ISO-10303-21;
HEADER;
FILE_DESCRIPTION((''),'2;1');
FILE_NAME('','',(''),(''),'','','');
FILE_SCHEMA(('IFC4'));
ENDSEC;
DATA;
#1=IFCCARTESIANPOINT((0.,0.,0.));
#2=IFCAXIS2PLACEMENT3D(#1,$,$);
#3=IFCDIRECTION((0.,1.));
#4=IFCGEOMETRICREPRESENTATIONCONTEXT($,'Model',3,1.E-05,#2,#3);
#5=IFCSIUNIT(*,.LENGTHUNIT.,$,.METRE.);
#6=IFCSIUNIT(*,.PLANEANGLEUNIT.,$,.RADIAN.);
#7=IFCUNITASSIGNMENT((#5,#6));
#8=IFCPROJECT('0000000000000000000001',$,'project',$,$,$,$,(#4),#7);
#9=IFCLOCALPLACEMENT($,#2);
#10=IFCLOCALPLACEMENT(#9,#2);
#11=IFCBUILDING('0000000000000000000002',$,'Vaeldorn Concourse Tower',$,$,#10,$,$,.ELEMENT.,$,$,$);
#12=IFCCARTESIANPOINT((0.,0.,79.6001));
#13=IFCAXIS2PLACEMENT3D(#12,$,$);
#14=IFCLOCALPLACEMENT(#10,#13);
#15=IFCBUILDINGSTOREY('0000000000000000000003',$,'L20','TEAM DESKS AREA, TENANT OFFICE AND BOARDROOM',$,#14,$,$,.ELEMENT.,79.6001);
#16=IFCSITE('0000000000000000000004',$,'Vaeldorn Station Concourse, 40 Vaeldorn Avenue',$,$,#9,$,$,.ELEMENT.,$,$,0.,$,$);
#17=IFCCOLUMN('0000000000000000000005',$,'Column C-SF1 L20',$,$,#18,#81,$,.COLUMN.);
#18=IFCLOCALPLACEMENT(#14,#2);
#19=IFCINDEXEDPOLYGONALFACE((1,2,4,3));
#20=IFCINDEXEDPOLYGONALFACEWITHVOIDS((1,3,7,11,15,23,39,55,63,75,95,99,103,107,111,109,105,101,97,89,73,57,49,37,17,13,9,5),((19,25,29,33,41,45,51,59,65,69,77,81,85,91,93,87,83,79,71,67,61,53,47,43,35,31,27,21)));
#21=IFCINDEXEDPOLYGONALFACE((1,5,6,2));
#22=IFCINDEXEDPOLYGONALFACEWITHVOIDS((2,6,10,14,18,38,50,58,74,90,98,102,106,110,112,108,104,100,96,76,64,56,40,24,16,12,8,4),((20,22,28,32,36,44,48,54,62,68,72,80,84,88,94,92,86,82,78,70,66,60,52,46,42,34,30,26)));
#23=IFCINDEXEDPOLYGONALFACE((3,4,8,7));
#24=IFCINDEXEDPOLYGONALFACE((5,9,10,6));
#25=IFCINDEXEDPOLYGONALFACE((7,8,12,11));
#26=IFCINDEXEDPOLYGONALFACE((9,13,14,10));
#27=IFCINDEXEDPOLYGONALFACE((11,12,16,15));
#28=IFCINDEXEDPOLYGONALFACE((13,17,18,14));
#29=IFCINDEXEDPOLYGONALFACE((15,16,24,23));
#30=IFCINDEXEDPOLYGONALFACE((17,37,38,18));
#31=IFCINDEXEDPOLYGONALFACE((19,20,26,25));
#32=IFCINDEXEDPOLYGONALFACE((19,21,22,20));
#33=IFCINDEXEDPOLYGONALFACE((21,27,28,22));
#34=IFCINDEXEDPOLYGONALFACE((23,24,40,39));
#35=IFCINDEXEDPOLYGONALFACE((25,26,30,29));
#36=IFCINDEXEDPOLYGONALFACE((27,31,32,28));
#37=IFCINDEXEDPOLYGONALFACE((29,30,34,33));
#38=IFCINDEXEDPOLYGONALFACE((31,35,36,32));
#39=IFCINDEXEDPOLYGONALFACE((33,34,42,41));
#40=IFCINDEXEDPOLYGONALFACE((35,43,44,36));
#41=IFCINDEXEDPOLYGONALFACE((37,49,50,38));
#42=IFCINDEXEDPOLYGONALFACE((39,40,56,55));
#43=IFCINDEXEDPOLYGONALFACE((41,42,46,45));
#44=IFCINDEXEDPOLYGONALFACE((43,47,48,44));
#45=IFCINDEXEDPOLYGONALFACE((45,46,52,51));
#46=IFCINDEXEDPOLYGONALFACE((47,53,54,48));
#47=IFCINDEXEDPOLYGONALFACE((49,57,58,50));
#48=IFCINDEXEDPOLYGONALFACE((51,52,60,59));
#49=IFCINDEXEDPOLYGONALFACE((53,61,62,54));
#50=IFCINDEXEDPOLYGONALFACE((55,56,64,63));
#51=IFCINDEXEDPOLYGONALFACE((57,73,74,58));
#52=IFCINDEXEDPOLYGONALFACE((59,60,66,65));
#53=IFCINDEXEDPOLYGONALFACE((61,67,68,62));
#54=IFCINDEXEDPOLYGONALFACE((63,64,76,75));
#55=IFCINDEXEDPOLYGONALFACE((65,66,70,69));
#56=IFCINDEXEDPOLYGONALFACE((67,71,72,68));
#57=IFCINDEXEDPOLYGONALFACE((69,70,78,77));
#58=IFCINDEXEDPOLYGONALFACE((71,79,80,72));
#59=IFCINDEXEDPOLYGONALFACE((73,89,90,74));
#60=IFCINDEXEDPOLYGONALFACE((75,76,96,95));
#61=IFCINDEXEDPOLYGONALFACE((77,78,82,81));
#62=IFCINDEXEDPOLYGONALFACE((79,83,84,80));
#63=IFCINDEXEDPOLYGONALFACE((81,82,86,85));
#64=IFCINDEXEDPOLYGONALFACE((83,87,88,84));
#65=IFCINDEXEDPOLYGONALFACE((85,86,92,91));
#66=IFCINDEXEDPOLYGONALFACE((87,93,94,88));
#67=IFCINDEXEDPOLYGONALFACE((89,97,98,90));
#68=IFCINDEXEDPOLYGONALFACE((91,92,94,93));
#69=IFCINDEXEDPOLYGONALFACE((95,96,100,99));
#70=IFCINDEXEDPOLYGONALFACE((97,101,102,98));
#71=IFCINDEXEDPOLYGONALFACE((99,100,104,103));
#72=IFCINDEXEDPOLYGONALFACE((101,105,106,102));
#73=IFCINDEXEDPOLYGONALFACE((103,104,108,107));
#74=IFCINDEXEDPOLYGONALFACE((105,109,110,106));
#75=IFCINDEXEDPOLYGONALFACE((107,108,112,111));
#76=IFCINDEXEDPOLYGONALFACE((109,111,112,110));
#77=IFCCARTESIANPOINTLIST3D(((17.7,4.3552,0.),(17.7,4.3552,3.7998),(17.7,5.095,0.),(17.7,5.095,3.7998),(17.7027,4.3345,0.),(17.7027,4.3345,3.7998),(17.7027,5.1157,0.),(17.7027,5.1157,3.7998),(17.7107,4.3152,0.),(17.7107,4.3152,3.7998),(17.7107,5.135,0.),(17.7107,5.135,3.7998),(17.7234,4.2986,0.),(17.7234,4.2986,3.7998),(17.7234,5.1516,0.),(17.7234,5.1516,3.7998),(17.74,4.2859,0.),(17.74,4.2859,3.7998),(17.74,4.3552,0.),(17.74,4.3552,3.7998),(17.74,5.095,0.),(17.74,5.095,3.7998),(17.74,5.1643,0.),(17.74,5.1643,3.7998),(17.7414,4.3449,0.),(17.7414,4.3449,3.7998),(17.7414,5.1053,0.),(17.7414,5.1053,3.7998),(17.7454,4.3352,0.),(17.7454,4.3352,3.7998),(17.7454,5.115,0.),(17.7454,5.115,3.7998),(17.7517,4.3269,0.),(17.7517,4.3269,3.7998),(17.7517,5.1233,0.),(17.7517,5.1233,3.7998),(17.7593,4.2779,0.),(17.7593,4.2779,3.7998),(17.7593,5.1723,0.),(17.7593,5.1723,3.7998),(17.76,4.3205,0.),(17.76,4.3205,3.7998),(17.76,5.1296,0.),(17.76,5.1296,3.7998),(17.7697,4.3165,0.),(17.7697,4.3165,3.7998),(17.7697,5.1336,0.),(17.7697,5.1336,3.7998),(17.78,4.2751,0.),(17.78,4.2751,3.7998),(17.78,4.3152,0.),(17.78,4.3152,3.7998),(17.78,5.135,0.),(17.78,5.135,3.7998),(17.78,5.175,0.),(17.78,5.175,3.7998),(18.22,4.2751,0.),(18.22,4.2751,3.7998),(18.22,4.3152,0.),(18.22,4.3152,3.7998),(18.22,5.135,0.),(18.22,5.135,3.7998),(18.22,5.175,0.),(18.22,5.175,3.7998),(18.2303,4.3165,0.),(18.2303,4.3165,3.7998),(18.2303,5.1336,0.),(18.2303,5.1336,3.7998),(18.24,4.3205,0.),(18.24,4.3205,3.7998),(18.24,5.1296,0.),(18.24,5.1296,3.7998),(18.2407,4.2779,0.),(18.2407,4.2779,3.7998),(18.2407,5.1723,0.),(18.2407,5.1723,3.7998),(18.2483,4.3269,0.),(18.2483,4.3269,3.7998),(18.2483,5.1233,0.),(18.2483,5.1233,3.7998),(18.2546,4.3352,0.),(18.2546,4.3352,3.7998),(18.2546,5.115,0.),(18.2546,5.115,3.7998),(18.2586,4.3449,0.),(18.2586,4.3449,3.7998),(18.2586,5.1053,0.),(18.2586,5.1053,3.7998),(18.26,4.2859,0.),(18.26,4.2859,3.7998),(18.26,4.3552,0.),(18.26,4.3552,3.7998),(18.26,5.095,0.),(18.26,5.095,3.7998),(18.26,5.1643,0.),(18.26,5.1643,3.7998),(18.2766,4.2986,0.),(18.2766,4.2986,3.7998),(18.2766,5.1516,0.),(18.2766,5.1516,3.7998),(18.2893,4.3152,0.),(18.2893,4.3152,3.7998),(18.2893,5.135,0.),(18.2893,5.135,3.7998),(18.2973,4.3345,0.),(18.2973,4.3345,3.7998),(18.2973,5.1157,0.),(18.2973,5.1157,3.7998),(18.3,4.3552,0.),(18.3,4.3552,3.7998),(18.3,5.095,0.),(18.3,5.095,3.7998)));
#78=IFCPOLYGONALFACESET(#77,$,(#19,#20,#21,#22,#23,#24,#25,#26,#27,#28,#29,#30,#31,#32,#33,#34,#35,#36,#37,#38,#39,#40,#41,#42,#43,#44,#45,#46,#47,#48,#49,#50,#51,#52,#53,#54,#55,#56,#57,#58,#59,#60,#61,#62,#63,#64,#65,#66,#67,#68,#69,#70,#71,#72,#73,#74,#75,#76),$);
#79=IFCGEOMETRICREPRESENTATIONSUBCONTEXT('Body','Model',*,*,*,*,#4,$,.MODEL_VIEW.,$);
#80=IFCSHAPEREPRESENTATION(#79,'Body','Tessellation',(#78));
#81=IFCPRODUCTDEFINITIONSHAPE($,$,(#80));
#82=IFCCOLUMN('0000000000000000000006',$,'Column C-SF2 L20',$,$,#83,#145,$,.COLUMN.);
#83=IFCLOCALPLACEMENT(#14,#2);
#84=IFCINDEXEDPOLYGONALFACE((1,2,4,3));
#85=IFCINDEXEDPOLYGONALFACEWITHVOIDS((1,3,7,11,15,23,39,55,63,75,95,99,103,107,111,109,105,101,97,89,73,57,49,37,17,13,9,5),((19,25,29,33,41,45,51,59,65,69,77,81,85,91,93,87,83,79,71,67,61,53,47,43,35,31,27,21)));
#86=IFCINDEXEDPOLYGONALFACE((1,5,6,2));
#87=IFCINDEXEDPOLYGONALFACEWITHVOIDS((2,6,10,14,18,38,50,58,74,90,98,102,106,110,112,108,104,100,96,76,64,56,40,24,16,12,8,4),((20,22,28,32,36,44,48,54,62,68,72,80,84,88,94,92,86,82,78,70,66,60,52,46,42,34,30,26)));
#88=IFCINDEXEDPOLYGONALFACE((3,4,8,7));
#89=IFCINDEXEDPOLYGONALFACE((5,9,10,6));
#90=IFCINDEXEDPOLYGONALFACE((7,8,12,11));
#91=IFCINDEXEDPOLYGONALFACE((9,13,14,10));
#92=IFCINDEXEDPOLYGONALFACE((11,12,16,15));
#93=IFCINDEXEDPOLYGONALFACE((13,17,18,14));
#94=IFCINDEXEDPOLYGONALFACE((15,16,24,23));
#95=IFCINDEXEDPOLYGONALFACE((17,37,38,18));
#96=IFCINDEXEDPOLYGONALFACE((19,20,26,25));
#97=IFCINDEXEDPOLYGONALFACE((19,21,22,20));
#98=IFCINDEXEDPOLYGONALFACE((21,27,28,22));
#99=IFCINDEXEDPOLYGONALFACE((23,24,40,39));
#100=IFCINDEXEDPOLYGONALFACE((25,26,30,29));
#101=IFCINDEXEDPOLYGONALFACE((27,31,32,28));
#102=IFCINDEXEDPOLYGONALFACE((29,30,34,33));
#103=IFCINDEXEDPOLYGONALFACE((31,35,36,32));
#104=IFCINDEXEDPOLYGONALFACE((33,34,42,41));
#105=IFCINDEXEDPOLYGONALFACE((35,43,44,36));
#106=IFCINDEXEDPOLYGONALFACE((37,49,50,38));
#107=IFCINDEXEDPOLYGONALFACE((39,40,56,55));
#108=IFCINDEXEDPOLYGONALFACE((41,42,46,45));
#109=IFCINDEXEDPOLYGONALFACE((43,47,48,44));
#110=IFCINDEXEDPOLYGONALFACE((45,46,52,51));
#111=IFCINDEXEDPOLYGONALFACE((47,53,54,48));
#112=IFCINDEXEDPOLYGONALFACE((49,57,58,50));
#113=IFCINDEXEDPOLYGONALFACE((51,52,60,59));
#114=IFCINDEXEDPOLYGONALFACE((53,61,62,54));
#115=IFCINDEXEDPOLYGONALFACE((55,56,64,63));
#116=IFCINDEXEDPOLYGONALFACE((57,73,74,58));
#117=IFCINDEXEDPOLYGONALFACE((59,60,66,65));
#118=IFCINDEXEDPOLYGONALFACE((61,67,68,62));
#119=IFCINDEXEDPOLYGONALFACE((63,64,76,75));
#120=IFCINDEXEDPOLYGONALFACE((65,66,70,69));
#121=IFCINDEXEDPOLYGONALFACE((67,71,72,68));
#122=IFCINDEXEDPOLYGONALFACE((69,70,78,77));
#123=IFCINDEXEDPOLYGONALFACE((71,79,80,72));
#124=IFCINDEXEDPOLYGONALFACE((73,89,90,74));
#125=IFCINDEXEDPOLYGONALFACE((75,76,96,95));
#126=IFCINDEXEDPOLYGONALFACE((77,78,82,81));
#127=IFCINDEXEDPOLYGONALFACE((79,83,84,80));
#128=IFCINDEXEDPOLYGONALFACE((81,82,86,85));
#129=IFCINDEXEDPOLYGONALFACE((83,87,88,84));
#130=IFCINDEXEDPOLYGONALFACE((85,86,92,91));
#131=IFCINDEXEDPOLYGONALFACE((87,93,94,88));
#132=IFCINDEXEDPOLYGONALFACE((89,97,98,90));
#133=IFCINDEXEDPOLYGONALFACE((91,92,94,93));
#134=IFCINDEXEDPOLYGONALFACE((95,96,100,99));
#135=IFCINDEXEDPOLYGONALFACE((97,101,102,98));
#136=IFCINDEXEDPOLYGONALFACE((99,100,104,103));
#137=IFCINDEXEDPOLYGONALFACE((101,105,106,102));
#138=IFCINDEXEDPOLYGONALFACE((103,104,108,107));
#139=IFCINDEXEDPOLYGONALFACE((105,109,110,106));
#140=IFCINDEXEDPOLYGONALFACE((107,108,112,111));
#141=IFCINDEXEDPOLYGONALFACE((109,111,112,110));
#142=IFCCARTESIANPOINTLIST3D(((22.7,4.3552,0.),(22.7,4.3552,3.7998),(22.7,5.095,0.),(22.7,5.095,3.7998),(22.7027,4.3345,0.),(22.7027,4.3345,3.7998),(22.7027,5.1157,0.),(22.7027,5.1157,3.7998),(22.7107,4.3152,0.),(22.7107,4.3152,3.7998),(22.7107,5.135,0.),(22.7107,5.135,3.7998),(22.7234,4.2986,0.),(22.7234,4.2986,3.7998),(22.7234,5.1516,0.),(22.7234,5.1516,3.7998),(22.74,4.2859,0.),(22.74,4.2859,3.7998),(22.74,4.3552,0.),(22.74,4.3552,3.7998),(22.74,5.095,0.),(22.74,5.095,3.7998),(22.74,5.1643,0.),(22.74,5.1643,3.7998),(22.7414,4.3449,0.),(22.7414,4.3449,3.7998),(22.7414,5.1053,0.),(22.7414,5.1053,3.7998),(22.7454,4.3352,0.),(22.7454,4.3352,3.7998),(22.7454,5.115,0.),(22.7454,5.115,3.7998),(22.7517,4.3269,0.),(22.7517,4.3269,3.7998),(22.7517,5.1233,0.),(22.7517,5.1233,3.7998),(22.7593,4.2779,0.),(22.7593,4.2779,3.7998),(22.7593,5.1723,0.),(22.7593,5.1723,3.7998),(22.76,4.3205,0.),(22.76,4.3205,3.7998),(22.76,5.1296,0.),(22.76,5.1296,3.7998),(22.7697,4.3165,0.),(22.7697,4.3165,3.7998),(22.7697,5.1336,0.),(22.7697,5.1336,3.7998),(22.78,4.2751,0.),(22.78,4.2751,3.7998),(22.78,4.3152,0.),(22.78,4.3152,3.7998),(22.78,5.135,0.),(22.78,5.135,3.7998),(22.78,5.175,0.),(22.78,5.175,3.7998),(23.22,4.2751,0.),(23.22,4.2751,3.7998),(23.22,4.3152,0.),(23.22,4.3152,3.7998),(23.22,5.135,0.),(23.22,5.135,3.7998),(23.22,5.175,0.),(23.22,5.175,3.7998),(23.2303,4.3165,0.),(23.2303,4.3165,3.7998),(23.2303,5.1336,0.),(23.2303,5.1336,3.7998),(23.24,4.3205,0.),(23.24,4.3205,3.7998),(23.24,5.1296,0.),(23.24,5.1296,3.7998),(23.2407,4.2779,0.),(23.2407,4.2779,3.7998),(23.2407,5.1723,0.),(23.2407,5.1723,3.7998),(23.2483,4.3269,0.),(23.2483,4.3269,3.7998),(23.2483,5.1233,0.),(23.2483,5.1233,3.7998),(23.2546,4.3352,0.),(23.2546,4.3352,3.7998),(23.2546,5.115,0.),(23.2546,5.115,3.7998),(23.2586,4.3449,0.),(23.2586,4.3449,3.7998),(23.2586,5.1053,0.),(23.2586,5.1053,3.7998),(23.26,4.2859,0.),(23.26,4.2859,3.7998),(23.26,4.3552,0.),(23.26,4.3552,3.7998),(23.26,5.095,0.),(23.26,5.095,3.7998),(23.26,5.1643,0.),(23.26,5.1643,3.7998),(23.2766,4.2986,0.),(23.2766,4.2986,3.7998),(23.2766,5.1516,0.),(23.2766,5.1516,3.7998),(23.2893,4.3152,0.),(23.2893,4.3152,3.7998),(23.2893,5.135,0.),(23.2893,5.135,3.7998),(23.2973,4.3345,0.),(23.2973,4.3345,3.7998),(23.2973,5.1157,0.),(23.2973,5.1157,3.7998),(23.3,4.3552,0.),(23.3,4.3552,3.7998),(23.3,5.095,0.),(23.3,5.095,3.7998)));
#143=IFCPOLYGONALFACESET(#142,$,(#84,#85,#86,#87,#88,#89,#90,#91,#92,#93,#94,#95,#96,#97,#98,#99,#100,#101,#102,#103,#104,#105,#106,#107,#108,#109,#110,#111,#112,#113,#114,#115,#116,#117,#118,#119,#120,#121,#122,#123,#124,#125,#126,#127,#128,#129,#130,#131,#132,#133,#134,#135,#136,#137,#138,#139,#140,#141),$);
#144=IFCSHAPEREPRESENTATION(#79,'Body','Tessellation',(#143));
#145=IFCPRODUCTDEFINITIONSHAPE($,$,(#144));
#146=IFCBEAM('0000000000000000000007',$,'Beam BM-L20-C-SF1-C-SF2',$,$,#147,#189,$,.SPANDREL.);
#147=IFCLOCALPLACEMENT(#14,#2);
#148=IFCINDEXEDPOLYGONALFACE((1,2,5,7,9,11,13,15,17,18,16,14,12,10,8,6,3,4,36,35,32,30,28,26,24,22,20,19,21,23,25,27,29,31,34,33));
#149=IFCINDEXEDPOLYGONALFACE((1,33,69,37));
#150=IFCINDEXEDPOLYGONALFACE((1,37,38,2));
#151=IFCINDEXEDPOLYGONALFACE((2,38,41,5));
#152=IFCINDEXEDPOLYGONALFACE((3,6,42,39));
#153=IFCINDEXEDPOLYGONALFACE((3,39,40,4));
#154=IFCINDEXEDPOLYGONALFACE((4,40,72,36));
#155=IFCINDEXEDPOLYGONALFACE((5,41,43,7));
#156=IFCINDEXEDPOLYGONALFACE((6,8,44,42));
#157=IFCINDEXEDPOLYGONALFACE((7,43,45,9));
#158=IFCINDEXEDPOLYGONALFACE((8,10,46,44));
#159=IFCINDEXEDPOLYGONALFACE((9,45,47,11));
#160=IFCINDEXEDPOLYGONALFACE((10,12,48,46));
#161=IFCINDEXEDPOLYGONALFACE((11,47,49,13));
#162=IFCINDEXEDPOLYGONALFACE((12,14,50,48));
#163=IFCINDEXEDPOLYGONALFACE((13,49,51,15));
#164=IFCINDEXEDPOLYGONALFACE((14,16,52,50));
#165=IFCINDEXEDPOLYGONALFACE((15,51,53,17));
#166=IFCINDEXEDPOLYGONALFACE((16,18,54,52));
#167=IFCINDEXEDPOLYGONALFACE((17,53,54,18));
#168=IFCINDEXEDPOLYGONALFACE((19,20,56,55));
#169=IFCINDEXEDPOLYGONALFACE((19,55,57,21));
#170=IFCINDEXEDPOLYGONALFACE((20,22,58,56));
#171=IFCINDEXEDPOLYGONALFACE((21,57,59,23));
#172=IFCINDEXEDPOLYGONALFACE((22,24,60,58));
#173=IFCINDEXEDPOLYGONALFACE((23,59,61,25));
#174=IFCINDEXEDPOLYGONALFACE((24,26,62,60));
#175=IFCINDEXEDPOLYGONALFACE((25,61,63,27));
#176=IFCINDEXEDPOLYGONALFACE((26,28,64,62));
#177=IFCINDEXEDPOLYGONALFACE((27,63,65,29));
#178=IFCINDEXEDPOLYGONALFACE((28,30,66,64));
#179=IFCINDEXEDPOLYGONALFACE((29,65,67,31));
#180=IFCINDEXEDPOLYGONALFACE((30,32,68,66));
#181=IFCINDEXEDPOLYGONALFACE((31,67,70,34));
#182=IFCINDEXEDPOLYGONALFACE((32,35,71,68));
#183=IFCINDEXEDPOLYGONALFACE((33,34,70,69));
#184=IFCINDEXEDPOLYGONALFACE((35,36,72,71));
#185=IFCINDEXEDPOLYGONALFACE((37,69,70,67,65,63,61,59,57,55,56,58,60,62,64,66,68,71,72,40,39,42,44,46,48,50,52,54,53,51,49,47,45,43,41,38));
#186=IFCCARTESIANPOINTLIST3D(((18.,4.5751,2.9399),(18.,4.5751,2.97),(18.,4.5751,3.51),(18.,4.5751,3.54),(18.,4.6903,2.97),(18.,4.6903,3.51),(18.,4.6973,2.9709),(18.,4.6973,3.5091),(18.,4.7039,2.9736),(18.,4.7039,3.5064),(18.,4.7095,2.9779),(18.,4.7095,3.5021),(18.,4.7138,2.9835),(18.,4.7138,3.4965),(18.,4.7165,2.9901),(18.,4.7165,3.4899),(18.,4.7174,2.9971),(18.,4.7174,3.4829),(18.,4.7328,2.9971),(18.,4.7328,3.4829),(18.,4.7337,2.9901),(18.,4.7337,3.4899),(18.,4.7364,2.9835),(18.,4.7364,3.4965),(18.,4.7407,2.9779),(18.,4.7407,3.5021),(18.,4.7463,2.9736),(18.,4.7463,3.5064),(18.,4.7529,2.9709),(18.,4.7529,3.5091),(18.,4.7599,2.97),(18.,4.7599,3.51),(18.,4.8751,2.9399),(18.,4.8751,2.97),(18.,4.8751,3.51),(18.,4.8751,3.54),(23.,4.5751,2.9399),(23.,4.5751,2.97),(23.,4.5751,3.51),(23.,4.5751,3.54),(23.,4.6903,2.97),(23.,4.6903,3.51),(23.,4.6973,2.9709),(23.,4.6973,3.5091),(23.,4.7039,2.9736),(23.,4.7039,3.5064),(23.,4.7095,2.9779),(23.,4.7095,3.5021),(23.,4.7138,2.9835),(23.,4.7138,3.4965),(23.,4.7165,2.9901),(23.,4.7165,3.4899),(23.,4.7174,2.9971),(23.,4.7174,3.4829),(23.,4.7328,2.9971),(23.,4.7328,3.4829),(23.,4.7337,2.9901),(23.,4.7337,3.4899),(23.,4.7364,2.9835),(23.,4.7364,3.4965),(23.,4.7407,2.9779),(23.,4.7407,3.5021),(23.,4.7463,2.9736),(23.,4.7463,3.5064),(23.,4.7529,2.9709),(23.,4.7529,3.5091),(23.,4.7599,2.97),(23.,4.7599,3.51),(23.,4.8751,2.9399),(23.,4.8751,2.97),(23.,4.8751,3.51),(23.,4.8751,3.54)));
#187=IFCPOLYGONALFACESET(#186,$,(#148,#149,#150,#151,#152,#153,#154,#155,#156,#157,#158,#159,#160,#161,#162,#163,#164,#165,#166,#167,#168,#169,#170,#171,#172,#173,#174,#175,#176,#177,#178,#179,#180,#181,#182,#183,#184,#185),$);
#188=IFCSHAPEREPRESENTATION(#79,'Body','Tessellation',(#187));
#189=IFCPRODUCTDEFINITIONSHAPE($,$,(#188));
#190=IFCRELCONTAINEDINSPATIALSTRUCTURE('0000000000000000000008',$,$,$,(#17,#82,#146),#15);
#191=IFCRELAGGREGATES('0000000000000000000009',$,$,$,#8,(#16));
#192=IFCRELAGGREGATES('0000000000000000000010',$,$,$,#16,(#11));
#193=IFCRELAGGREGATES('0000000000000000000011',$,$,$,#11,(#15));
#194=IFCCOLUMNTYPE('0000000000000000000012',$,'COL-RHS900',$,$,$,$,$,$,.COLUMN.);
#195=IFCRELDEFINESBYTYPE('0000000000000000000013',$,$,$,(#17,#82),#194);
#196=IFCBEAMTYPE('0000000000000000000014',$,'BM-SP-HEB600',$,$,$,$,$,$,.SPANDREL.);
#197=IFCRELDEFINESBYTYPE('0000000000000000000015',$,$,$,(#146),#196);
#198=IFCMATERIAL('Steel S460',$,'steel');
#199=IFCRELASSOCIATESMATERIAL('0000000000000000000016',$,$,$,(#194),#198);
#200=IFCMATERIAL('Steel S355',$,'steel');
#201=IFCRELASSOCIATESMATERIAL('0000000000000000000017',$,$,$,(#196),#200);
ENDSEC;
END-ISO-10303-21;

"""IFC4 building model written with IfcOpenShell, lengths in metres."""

from ifc_helpers import new_model, si_unit, direction, frame, origin, origin_2d, place, context, subcontext, project, spatial, hollow_rectangle, i_section, extrude, source, transform, mapped, material, material_profile, profile_set, type_object, element, save


model = new_model("IFC4")

# Units and contexts
model_context = context("Model", 3, precision=1e-05, world=origin(), true_north=direction((0.0, 1.0)))
body_context = subcontext(model_context, "Body", "Model", "MODEL_VIEW")
ifc_project = project(units=[si_unit("LENGTHUNIT", "METRE"), si_unit("PLANEANGLEUNIT", "RADIAN")], contexts=[model_context])

# Site, building, storey
site_placement = place(None, origin())
site = spatial("IfcSite", under=ifc_project, at=site_placement, Name="Vaeldorn Station Concourse, 40 Vaeldorn Avenue", CompositionType="ELEMENT", RefElevation=0.0)
building_placement = place(site_placement, origin())
building = spatial("IfcBuilding", under=site, at=building_placement, Name="Vaeldorn Concourse Tower", CompositionType="ELEMENT")
storey_placement = place(building_placement, frame((0.0, 0.0, 79.6001)))
storey = spatial("IfcBuildingStorey", under=building, at=storey_placement, Name="L20", Description="TEAM DESKS AREA, TENANT OFFICE AND BOARDROOM", CompositionType="ELEMENT", Elevation=79.6001)

# Columns
ifc_material_1 = material(Name="Steel S460", Category="steel")
ifc_material_profile_1 = material_profile(ifc_material_1, hollow_rectangle(XDim=0.6001, YDim=0.8999, WallThickness=0.04, InnerFilletRadius=0.04, OuterFilletRadius=0.0801, at=origin_2d()), Name="RHS 900x600x40")
ifc_profile_set_1 = profile_set([ifc_material_profile_1], Name="Steel S460")
column_type = type_object("IfcColumnType", Name="COL-RHS900", PredefinedType="COLUMN", material=ifc_profile_set_1)
shared_shape_1 = source(origin(), body_context, "Body", "SweptSolid", [
    extrude(hollow_rectangle(XDim=0.6001, YDim=0.8999, WallThickness=0.04, InnerFilletRadius=0.04, OuterFilletRadius=0.0801, at=origin_2d()), origin(), (0.0, 0.0, 1.0), 3.7998),
])
for number, where, z_axis, x_axis, name in (
    (1, (18.0, 4.7251, 0.0), (0.0, 0.0, 1.0), (1.0, 0.0, 0.0), "Column C-SF1 L20"),
    (2, (23.0, 4.7251, 0.0), (0.0, 0.0, 1.0), (1.0, 0.0, 0.0), "Column C-SF2 L20"),
):
    element("IfcColumn", number, at=place(storey_placement, frame(where, z_axis=z_axis, x_axis=x_axis)), inside=storey, type_object=column_type, Name=name, PredefinedType="COLUMN", context=body_context, shape_type="MappedRepresentation", body=[
        mapped(shared_shape_1, transform((0.0, 0.0, 0.0), scale=1.0)),
    ])

# Beam
ifc_material_2 = material(Name="Steel S355", Category="steel")
ifc_material_profile_2 = material_profile(ifc_material_2, i_section(OverallWidth=0.3, OverallDepth=0.6001, WebThickness=0.0154, FlangeThickness=0.03, FilletRadius=0.0271, at=origin_2d()), Name="HEB 600")
ifc_profile_set_2 = profile_set([ifc_material_profile_2], Name="Steel S355")
beam_type_1 = type_object("IfcBeamType", Name="BM-SP-HEB600", PredefinedType="SPANDREL", material=ifc_profile_set_2)
shared_shape_2 = source(origin(), body_context, "Body", "SweptSolid", [
    extrude(i_section(OverallWidth=0.3, OverallDepth=0.6001, WebThickness=0.0154, FlangeThickness=0.03, FilletRadius=0.0271, at=origin_2d()), origin(), (0.0, 0.0, 1.0), 5.0),
])
beam_1_placement = place(storey_placement, frame((18.0, 4.7251, 3.24), z_axis=(1.0, 0.0, 0.0), x_axis=(0.0, 1.0, 0.0)))
element("IfcBeam", 3, at=beam_1_placement, inside=storey, type_object=beam_type_1, Name="Beam BM-L20-C-SF1-C-SF2", PredefinedType="SPANDREL", context=body_context, shape_type="MappedRepresentation", body=[
    mapped(shared_shape_2, transform((0.0, 0.0, 0.0), scale=1.0)),
])

save(model, "model.ifc")
